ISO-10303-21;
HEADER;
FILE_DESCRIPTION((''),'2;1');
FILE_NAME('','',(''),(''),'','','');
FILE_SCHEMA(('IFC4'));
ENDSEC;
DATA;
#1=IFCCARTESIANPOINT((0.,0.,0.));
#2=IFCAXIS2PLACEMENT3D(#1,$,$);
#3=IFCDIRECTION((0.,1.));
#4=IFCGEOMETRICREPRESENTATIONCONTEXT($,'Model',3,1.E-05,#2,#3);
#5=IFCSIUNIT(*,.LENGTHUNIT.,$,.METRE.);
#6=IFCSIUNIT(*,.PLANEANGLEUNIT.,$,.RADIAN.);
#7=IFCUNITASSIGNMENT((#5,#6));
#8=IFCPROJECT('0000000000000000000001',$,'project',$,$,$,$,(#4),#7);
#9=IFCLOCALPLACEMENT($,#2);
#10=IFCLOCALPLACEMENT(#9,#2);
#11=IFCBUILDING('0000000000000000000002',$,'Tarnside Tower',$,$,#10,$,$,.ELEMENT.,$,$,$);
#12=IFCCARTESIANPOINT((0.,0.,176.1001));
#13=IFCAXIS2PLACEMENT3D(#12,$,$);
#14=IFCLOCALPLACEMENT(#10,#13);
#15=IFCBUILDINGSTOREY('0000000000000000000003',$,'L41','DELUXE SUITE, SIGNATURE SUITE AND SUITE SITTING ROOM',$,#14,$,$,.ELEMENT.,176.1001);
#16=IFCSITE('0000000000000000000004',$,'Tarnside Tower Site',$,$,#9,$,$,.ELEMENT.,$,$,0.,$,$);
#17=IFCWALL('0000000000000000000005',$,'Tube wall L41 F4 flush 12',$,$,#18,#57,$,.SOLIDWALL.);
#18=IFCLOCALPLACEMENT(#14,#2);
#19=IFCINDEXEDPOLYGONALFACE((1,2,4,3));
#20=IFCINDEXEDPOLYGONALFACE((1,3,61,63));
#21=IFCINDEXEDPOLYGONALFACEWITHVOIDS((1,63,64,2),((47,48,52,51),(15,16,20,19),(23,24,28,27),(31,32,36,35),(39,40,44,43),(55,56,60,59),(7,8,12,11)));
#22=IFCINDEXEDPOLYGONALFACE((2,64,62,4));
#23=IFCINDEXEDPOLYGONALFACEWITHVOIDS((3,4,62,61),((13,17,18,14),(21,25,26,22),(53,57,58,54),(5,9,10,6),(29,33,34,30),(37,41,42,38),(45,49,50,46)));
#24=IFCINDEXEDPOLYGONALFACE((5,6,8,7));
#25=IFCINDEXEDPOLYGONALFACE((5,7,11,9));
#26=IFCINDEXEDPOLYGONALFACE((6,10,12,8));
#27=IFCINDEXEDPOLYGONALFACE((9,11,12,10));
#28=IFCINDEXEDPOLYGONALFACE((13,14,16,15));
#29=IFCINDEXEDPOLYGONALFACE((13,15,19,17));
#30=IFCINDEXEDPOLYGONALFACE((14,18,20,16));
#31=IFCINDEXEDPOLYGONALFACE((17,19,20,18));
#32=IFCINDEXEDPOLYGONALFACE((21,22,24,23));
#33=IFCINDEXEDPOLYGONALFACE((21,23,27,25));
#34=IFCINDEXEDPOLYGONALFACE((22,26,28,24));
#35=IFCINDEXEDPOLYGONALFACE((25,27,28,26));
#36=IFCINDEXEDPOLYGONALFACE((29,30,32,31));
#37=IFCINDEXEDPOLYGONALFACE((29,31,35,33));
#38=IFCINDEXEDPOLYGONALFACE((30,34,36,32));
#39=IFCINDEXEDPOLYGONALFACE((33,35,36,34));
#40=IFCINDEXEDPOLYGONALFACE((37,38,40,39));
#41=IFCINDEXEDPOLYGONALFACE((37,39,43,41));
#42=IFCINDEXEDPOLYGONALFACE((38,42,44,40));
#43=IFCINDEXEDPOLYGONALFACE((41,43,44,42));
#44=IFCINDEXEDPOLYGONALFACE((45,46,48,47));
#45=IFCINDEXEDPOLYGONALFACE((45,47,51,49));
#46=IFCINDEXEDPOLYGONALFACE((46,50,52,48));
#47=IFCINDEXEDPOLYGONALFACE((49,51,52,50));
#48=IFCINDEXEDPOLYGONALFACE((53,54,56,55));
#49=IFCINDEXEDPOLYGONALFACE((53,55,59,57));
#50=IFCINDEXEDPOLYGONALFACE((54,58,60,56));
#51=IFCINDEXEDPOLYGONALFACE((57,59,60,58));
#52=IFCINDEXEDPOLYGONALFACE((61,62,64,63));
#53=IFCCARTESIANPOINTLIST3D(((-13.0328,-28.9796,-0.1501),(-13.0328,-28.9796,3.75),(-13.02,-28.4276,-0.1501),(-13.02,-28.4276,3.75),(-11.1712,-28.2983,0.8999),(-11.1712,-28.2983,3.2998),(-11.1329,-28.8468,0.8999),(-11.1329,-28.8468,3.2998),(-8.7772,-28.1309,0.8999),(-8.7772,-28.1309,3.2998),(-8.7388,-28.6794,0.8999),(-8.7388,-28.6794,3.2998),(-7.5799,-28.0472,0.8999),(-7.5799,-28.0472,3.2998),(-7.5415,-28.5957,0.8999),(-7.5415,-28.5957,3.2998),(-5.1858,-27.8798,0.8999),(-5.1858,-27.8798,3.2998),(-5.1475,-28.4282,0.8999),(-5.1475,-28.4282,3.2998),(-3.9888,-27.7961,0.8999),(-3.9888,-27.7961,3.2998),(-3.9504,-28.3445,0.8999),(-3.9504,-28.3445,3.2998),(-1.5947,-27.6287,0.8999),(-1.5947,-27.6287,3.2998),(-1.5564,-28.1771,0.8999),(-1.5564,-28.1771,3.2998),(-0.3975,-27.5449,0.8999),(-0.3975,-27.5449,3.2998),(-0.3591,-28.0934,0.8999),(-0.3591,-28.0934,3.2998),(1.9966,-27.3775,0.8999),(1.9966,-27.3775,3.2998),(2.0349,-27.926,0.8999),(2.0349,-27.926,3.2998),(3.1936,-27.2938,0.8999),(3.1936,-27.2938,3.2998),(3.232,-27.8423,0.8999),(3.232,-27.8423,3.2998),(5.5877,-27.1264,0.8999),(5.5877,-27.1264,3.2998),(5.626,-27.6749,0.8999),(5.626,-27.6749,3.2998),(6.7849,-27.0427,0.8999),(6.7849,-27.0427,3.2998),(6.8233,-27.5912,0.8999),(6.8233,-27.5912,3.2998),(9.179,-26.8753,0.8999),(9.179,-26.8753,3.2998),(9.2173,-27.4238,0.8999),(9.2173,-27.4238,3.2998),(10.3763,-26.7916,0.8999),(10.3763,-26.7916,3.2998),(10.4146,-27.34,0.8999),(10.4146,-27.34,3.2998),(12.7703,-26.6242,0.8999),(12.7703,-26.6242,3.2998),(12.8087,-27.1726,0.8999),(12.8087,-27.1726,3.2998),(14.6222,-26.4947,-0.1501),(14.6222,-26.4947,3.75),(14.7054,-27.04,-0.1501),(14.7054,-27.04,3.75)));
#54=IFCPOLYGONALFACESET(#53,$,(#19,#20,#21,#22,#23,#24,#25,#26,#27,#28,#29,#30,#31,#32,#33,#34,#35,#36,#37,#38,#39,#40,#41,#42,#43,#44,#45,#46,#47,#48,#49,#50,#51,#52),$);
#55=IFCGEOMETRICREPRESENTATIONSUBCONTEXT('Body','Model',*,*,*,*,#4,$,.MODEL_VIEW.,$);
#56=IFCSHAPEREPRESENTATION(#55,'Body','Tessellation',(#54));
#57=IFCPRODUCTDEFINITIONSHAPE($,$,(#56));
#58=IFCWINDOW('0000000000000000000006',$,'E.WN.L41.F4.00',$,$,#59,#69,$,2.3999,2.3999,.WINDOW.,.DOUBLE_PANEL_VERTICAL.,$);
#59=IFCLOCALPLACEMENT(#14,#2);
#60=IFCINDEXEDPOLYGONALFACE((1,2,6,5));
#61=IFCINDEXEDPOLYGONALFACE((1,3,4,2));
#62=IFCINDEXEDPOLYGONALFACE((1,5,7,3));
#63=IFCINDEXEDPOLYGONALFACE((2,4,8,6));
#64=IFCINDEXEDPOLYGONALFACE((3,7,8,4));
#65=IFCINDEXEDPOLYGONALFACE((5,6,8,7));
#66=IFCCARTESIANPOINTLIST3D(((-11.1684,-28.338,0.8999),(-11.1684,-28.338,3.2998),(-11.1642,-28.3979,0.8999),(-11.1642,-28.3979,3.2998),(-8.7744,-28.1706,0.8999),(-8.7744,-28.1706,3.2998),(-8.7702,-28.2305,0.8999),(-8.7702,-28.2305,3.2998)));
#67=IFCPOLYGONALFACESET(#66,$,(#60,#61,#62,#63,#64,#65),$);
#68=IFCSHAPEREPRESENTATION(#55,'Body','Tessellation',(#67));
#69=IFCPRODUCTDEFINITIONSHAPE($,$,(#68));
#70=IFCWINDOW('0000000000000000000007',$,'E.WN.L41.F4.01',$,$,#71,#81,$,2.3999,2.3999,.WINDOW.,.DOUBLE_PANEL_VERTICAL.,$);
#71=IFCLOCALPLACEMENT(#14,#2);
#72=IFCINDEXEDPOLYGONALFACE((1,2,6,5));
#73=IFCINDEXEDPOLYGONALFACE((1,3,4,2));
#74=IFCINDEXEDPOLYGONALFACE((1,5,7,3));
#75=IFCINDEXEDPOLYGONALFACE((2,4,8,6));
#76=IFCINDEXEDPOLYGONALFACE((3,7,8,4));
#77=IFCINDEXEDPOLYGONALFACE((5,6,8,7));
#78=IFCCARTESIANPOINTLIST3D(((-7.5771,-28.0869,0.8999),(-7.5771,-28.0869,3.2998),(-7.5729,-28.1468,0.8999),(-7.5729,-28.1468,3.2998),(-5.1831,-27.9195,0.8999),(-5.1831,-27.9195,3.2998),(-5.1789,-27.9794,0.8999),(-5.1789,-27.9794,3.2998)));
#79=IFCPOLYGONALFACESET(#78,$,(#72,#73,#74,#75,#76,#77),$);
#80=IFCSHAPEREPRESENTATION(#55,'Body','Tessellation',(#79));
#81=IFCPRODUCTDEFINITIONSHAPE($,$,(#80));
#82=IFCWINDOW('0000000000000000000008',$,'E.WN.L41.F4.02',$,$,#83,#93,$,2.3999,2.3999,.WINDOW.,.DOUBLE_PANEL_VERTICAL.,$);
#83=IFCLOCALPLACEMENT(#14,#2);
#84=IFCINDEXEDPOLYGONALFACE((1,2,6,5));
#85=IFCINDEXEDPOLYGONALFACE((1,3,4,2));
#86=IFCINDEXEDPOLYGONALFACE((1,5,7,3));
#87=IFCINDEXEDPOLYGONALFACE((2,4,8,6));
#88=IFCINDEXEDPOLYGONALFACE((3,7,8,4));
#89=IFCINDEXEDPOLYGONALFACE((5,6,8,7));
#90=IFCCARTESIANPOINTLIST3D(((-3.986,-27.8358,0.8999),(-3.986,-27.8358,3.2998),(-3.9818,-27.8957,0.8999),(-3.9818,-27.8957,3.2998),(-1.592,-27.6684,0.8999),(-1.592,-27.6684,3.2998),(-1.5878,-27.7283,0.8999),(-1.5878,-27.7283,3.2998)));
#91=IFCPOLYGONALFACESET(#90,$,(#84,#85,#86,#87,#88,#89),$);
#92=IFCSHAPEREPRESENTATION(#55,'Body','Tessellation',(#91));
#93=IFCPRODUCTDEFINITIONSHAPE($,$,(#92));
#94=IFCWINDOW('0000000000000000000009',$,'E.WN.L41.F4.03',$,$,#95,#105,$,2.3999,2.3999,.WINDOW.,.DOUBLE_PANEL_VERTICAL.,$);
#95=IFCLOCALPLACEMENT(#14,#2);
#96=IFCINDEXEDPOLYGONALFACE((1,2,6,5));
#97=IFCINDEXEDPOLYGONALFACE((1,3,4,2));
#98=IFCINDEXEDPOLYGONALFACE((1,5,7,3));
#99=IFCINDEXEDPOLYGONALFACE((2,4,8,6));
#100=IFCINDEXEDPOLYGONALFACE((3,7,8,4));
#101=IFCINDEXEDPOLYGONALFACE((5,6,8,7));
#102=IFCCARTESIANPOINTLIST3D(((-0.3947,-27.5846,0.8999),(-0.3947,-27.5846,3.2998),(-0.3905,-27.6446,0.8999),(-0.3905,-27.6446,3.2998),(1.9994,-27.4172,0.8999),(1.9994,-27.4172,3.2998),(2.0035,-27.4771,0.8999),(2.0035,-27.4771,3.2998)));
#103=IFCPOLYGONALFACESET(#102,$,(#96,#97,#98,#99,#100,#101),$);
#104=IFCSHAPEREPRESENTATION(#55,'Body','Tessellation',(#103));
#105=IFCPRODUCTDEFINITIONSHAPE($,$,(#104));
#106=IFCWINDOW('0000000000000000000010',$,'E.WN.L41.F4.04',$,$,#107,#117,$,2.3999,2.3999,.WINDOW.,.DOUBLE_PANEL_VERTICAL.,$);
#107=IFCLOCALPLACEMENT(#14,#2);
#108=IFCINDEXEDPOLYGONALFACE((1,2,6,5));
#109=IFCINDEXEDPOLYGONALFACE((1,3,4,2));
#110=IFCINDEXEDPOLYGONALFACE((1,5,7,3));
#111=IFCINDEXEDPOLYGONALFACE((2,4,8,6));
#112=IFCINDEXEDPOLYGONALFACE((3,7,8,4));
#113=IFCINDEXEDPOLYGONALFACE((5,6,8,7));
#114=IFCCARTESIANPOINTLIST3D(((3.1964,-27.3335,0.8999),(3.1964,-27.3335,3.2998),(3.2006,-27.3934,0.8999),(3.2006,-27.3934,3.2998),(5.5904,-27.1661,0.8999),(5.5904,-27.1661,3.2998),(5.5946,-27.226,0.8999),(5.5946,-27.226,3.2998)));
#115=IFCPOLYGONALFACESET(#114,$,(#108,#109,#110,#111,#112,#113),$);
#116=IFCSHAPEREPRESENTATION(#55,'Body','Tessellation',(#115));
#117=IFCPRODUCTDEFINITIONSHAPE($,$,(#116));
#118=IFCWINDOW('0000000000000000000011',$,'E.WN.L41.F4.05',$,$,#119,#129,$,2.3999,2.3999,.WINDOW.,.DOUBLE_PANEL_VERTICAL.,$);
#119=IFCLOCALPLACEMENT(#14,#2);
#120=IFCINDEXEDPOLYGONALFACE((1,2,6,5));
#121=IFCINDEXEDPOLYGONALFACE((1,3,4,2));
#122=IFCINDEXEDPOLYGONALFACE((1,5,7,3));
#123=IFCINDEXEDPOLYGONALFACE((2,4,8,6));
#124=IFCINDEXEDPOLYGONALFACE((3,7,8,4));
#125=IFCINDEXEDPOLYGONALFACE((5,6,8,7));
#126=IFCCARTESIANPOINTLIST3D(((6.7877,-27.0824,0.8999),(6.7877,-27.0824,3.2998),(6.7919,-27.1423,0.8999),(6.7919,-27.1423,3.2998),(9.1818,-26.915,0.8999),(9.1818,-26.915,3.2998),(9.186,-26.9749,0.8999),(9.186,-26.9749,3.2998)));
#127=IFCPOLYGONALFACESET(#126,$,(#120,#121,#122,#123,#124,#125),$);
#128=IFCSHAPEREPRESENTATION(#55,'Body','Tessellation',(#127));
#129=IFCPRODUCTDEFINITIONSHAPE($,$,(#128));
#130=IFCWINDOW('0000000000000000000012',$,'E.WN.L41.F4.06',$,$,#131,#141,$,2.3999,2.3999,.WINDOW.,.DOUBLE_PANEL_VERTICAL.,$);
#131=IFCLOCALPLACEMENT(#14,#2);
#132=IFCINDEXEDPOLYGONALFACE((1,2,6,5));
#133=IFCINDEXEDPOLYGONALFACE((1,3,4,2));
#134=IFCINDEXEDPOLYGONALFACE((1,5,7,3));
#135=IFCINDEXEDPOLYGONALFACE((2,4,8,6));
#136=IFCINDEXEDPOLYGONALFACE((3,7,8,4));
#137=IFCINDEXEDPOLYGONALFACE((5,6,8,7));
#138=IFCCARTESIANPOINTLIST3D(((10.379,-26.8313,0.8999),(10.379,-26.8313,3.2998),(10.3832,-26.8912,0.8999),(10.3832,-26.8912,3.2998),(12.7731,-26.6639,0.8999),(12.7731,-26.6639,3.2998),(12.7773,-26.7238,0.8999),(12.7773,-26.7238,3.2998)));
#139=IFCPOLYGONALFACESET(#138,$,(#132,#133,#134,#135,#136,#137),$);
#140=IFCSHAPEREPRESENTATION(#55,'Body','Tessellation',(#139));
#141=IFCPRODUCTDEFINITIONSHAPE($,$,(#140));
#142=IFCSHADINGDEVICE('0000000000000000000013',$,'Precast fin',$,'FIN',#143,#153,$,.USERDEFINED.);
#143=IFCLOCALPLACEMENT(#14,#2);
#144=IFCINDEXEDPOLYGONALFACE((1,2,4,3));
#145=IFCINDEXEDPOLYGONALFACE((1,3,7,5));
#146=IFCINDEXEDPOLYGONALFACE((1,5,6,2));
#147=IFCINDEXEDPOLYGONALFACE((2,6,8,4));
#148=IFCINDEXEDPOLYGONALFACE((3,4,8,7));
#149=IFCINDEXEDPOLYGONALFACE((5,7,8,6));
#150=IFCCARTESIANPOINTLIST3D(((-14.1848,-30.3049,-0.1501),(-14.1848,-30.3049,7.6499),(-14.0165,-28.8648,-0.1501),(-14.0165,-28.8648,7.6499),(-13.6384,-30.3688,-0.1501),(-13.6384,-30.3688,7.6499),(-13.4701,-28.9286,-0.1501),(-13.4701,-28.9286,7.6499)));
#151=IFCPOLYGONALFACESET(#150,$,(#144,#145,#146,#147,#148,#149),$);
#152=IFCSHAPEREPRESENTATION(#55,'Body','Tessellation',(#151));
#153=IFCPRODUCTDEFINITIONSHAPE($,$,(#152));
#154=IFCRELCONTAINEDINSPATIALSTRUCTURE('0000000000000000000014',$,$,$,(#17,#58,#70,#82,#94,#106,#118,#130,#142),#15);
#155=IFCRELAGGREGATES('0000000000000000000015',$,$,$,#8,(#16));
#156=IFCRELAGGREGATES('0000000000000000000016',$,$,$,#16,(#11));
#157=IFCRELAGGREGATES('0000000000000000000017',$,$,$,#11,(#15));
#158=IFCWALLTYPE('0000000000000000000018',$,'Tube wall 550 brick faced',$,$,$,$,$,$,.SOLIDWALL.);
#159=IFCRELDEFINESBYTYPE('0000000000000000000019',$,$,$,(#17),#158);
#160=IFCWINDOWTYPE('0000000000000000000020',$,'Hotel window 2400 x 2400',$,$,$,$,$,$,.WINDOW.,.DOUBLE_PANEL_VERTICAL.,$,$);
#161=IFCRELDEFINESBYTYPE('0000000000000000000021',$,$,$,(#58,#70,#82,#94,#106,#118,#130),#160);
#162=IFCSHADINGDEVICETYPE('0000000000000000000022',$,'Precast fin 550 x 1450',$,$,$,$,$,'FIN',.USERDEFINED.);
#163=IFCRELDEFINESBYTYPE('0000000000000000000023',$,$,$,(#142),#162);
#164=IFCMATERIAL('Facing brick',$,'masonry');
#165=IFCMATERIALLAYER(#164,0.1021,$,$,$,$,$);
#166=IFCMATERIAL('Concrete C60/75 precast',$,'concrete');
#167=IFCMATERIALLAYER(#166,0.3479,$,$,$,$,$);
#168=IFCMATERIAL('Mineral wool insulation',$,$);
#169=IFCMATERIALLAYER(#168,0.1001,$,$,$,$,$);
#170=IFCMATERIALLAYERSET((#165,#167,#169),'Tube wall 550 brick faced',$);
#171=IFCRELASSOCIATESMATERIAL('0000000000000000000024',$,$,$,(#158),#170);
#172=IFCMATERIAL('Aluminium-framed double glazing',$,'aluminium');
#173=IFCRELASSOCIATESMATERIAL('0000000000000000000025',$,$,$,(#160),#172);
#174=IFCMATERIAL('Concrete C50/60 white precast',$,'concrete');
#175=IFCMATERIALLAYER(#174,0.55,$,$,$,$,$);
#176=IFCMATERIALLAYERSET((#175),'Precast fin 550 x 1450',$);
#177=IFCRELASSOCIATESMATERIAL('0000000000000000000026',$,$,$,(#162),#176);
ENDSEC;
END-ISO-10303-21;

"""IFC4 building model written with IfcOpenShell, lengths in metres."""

from ifc_helpers import new_model, si_unit, direction, frame, frame_2d, origin, place, context, subcontext, project, spatial, polyline, rectangle, outline, extrude, material, layer, layer_set, type_object, element, fill, save


model = new_model("IFC4")

# Units and contexts
model_context = context("Model", 3, precision=1e-05, world=origin(), true_north=direction((0.0, 1.0)))
body_context = subcontext(model_context, "Body", "Model", "MODEL_VIEW")
ifc_project = project(units=[si_unit("LENGTHUNIT", "METRE"), si_unit("PLANEANGLEUNIT", "RADIAN")], contexts=[model_context])

# Site, building, storey
site_placement = place(None, origin())
site = spatial("IfcSite", under=ifc_project, at=site_placement, Name="Tarnside Tower Site", CompositionType="ELEMENT", RefElevation=0.0)
building_placement = place(site_placement, origin())
building = spatial("IfcBuilding", under=site, at=building_placement, Name="Tarnside Tower", CompositionType="ELEMENT")
storey_placement = place(building_placement, frame((0.0, 0.0, 176.1001)))
storey = spatial("IfcBuildingStorey", under=building, at=storey_placement, Name="L41", Description="DELUXE SUITE, SIGNATURE SUITE AND SUITE SITTING ROOM", CompositionType="ELEMENT", Elevation=176.1001)

# Shared definitions
ifc_material_1 = material(Name="Facing brick", Category="masonry")
ifc_layer_1 = layer(ifc_material_1, 0.1021)
ifc_material_2 = material(Name="Concrete C60/75 precast", Category="concrete")
ifc_layer_2 = layer(ifc_material_2, 0.3479)
ifc_material_3 = material(Name="Mineral wool insulation")
ifc_layer_3 = layer(ifc_material_3, 0.1001)
ifc_layer_set_1 = layer_set([ifc_layer_1, ifc_layer_2, ifc_layer_3], Name="Tube wall 550 brick faced")
wall_type_1 = type_object("IfcWallType", Name="Tube wall 550 brick faced", PredefinedType="SOLIDWALL", material=ifc_layer_set_1)

# Wall, openings, windows
wall_1_placement = place(storey_placement, frame((-13.0264, -28.7036, -0.1501), z_axis=(0.0, 0.0, 1.0), x_axis=(0.997564, 0.069756, 0.0)))
wall_1 = element("IfcWall", 1, at=wall_1_placement, inside=storey, type_object=wall_type_1, Name="Tube wall L41 F4 flush 12", PredefinedType="SOLIDWALL", context=body_context, shape_type="SweptSolid", body=[
    extrude(outline(polyline([(-0.0256, -0.2749), (27.7803, -0.2749), (27.7354, 0.2749), (0.0256, 0.2749), (-0.0256, -0.2749)])), origin(), (0.0, 0.0, 1.0), 3.9001),
])
opening_1_placement = place(wall_1_placement, frame((1.8789, 0.0, 1.05)))
opening_1 = element("IfcOpeningElement", 2, at=opening_1_placement, cuts=wall_1, PredefinedType="OPENING", context=body_context, shape_type="SweptSolid", body=[
    extrude(rectangle(XDim=2.3999, YDim=2.3999, at=frame_2d((1.2, 1.2))), frame((0.0, 0.2852, 0.0), z_axis=(0.0, -1.0, 0.0), x_axis=(1.0, 0.0, 0.0)), (0.0, 0.0, 1.0), 0.5701),
])
opening_2_placement = place(wall_1_placement, frame((5.479, 0.0, 1.05)))
opening_2 = element("IfcOpeningElement", 3, at=opening_2_placement, cuts=wall_1, PredefinedType="OPENING", context=body_context, shape_type="SweptSolid", body=[
    extrude(rectangle(XDim=2.3999, YDim=2.3999, at=frame_2d((1.2, 1.2))), frame((0.0, 0.2852, 0.0), z_axis=(0.0, -1.0, 0.0), x_axis=(1.0, 0.0, 0.0)), (0.0, 0.0, 1.0), 0.5701),
])
opening_3_placement = place(wall_1_placement, frame((9.0789, 0.0, 1.05)))
opening_3 = element("IfcOpeningElement", 4, at=opening_3_placement, cuts=wall_1, PredefinedType="OPENING", context=body_context, shape_type="SweptSolid", body=[
    extrude(rectangle(XDim=2.3999, YDim=2.3999, at=frame_2d((1.2, 1.2))), frame((0.0, 0.2852, 0.0), z_axis=(0.0, -1.0, 0.0), x_axis=(1.0, 0.0, 0.0)), (0.0, 0.0, 1.0), 0.5701),
])
opening_4_placement = place(wall_1_placement, frame((12.679, 0.0, 1.05)))
opening_4 = element("IfcOpeningElement", 5, at=opening_4_placement, cuts=wall_1, PredefinedType="OPENING", context=body_context, shape_type="SweptSolid", body=[
    extrude(rectangle(XDim=2.3999, YDim=2.3999, at=frame_2d((1.2, 1.2))), frame((0.0, 0.2852, 0.0), z_axis=(0.0, -1.0, 0.0), x_axis=(1.0, 0.0, 0.0)), (0.0, 0.0, 1.0), 0.5701),
])
opening_5_placement = place(wall_1_placement, frame((16.2788, 0.0, 1.05)))
opening_5 = element("IfcOpeningElement", 6, at=opening_5_placement, cuts=wall_1, PredefinedType="OPENING", context=body_context, shape_type="SweptSolid", body=[
    extrude(rectangle(XDim=2.3999, YDim=2.3999, at=frame_2d((1.2, 1.2))), frame((0.0, 0.2852, 0.0), z_axis=(0.0, -1.0, 0.0), x_axis=(1.0, 0.0, 0.0)), (0.0, 0.0, 1.0), 0.5701),
])
opening_6_placement = place(wall_1_placement, frame((19.8789, 0.0, 1.05)))
opening_6 = element("IfcOpeningElement", 7, at=opening_6_placement, cuts=wall_1, PredefinedType="OPENING", context=body_context, shape_type="SweptSolid", body=[
    extrude(rectangle(XDim=2.3999, YDim=2.3999, at=frame_2d((1.2, 1.2))), frame((0.0, 0.2852, 0.0), z_axis=(0.0, -1.0, 0.0), x_axis=(1.0, 0.0, 0.0)), (0.0, 0.0, 1.0), 0.5701),
])
opening_7_placement = place(wall_1_placement, frame((23.479, 0.0, 1.05)))
opening_7 = element("IfcOpeningElement", 8, at=opening_7_placement, cuts=wall_1, PredefinedType="OPENING", context=body_context, shape_type="SweptSolid", body=[
    extrude(rectangle(XDim=2.3999, YDim=2.3999, at=frame_2d((1.2, 1.2))), frame((0.0, 0.2852, 0.0), z_axis=(0.0, -1.0, 0.0), x_axis=(1.0, 0.0, 0.0)), (0.0, 0.0, 1.0), 0.5701),
])
ifc_material_4 = material(Name="Aluminium-framed double glazing", Category="aluminium")
window_type = type_object("IfcWindowType", Name="Hotel window 2400 x 2400", PartitioningType="DOUBLE_PANEL_VERTICAL", PredefinedType="WINDOW", material=ifc_material_4)
window_1_placement = place(opening_1_placement, frame((0.0, 0.2051, 0.0)))
window_1 = element("IfcWindow", 9, at=window_1_placement, inside=storey, type_object=window_type, Name="E.WN.L41.F4.00", OverallHeight=2.3999, OverallWidth=2.3999, PartitioningType="DOUBLE_PANEL_VERTICAL", PredefinedType="WINDOW", context=body_context, shape_type="SweptSolid", body=[
    extrude(rectangle(XDim=2.3999, YDim=2.3999, at=frame_2d((1.2, 1.2))), frame((0.0, 0.03, 0.0), z_axis=(0.0, -1.0, 0.0), x_axis=(1.0, 0.0, 0.0)), (0.0, 0.0, 1.0), 0.0601),
])
fill(opening_1, window_1)
window_2_placement = place(opening_2_placement, frame((0.0, 0.2051, 0.0)))
window_2 = element("IfcWindow", 10, at=window_2_placement, inside=storey, type_object=window_type, Name="E.WN.L41.F4.01", OverallHeight=2.3999, OverallWidth=2.3999, PartitioningType="DOUBLE_PANEL_VERTICAL", PredefinedType="WINDOW", context=body_context, shape_type="SweptSolid", body=[
    extrude(rectangle(XDim=2.3999, YDim=2.3999, at=frame_2d((1.2, 1.2))), frame((0.0, 0.03, 0.0), z_axis=(0.0, -1.0, 0.0), x_axis=(1.0, 0.0, 0.0)), (0.0, 0.0, 1.0), 0.0601),
])
fill(opening_2, window_2)
window_3_placement = place(opening_3_placement, frame((0.0, 0.2051, 0.0)))
window_3 = element("IfcWindow", 11, at=window_3_placement, inside=storey, type_object=window_type, Name="E.WN.L41.F4.02", OverallHeight=2.3999, OverallWidth=2.3999, PartitioningType="DOUBLE_PANEL_VERTICAL", PredefinedType="WINDOW", context=body_context, shape_type="SweptSolid", body=[
    extrude(rectangle(XDim=2.3999, YDim=2.3999, at=frame_2d((1.2, 1.2))), frame((0.0, 0.03, 0.0), z_axis=(0.0, -1.0, 0.0), x_axis=(1.0, 0.0, 0.0)), (0.0, 0.0, 1.0), 0.0601),
])
fill(opening_3, window_3)
window_4_placement = place(opening_4_placement, frame((0.0, 0.2051, 0.0)))
window_4 = element("IfcWindow", 12, at=window_4_placement, inside=storey, type_object=window_type, Name="E.WN.L41.F4.03", OverallHeight=2.3999, OverallWidth=2.3999, PartitioningType="DOUBLE_PANEL_VERTICAL", PredefinedType="WINDOW", context=body_context, shape_type="SweptSolid", body=[
    extrude(rectangle(XDim=2.3999, YDim=2.3999, at=frame_2d((1.2, 1.2))), frame((0.0, 0.03, 0.0), z_axis=(0.0, -1.0, 0.0), x_axis=(1.0, 0.0, 0.0)), (0.0, 0.0, 1.0), 0.0601),
])
fill(opening_4, window_4)
window_5_placement = place(opening_5_placement, frame((0.0, 0.2051, 0.0)))
window_5 = element("IfcWindow", 13, at=window_5_placement, inside=storey, type_object=window_type, Name="E.WN.L41.F4.04", OverallHeight=2.3999, OverallWidth=2.3999, PartitioningType="DOUBLE_PANEL_VERTICAL", PredefinedType="WINDOW", context=body_context, shape_type="SweptSolid", body=[
    extrude(rectangle(XDim=2.3999, YDim=2.3999, at=frame_2d((1.2, 1.2))), frame((0.0, 0.03, 0.0), z_axis=(0.0, -1.0, 0.0), x_axis=(1.0, 0.0, 0.0)), (0.0, 0.0, 1.0), 0.0601),
])
fill(opening_5, window_5)
window_6_placement = place(opening_6_placement, frame((0.0, 0.2051, 0.0)))
window_6 = element("IfcWindow", 14, at=window_6_placement, inside=storey, type_object=window_type, Name="E.WN.L41.F4.05", OverallHeight=2.3999, OverallWidth=2.3999, PartitioningType="DOUBLE_PANEL_VERTICAL", PredefinedType="WINDOW", context=body_context, shape_type="SweptSolid", body=[
    extrude(rectangle(XDim=2.3999, YDim=2.3999, at=frame_2d((1.2, 1.2))), frame((0.0, 0.03, 0.0), z_axis=(0.0, -1.0, 0.0), x_axis=(1.0, 0.0, 0.0)), (0.0, 0.0, 1.0), 0.0601),
])
fill(opening_6, window_6)
window_7_placement = place(opening_7_placement, frame((0.0, 0.2051, 0.0)))
window_7 = element("IfcWindow", 15, at=window_7_placement, inside=storey, type_object=window_type, Name="E.WN.L41.F4.06", OverallHeight=2.3999, OverallWidth=2.3999, PartitioningType="DOUBLE_PANEL_VERTICAL", PredefinedType="WINDOW", context=body_context, shape_type="SweptSolid", body=[
    extrude(rectangle(XDim=2.3999, YDim=2.3999, at=frame_2d((1.2, 1.2))), frame((0.0, 0.03, 0.0), z_axis=(0.0, -1.0, 0.0), x_axis=(1.0, 0.0, 0.0)), (0.0, 0.0, 1.0), 0.0601),
])
fill(opening_7, window_7)

# Shading device
ifc_material_5 = material(Name="Concrete C50/60 white precast", Category="concrete")
ifc_layer_4 = layer(ifc_material_5, 0.55)
ifc_layer_set_2 = layer_set([ifc_layer_4], Name="Precast fin 550 x 1450")
shading_device_type_1 = type_object("IfcShadingDeviceType", Name="Precast fin 550 x 1450", ElementType="FIN", PredefinedType="USERDEFINED", material=ifc_layer_set_2)
shading_device_placement = place(storey_placement, frame((-13.7432, -28.8967, -0.1501), z_axis=(-0.993238, 0.116093, 0.0), x_axis=(-0.116093, -0.993238, 0.0)))
element("IfcShadingDevice", 16, at=shading_device_placement, inside=storey, type_object=shading_device_type_1, Name="Precast fin", ObjectType="FIN", PredefinedType="USERDEFINED", context=body_context, shape_type="SweptSolid", body=[
    extrude(outline(polyline([(0.0, 0.0), (1.45, 0.0), (1.45, 7.8), (0.0, 7.8), (0.0, 0.0)])), frame((0.0, 0.0, -0.2749)), (0.0, 0.0, 1.0), 0.55),
])

save(model, "model.ifc")
